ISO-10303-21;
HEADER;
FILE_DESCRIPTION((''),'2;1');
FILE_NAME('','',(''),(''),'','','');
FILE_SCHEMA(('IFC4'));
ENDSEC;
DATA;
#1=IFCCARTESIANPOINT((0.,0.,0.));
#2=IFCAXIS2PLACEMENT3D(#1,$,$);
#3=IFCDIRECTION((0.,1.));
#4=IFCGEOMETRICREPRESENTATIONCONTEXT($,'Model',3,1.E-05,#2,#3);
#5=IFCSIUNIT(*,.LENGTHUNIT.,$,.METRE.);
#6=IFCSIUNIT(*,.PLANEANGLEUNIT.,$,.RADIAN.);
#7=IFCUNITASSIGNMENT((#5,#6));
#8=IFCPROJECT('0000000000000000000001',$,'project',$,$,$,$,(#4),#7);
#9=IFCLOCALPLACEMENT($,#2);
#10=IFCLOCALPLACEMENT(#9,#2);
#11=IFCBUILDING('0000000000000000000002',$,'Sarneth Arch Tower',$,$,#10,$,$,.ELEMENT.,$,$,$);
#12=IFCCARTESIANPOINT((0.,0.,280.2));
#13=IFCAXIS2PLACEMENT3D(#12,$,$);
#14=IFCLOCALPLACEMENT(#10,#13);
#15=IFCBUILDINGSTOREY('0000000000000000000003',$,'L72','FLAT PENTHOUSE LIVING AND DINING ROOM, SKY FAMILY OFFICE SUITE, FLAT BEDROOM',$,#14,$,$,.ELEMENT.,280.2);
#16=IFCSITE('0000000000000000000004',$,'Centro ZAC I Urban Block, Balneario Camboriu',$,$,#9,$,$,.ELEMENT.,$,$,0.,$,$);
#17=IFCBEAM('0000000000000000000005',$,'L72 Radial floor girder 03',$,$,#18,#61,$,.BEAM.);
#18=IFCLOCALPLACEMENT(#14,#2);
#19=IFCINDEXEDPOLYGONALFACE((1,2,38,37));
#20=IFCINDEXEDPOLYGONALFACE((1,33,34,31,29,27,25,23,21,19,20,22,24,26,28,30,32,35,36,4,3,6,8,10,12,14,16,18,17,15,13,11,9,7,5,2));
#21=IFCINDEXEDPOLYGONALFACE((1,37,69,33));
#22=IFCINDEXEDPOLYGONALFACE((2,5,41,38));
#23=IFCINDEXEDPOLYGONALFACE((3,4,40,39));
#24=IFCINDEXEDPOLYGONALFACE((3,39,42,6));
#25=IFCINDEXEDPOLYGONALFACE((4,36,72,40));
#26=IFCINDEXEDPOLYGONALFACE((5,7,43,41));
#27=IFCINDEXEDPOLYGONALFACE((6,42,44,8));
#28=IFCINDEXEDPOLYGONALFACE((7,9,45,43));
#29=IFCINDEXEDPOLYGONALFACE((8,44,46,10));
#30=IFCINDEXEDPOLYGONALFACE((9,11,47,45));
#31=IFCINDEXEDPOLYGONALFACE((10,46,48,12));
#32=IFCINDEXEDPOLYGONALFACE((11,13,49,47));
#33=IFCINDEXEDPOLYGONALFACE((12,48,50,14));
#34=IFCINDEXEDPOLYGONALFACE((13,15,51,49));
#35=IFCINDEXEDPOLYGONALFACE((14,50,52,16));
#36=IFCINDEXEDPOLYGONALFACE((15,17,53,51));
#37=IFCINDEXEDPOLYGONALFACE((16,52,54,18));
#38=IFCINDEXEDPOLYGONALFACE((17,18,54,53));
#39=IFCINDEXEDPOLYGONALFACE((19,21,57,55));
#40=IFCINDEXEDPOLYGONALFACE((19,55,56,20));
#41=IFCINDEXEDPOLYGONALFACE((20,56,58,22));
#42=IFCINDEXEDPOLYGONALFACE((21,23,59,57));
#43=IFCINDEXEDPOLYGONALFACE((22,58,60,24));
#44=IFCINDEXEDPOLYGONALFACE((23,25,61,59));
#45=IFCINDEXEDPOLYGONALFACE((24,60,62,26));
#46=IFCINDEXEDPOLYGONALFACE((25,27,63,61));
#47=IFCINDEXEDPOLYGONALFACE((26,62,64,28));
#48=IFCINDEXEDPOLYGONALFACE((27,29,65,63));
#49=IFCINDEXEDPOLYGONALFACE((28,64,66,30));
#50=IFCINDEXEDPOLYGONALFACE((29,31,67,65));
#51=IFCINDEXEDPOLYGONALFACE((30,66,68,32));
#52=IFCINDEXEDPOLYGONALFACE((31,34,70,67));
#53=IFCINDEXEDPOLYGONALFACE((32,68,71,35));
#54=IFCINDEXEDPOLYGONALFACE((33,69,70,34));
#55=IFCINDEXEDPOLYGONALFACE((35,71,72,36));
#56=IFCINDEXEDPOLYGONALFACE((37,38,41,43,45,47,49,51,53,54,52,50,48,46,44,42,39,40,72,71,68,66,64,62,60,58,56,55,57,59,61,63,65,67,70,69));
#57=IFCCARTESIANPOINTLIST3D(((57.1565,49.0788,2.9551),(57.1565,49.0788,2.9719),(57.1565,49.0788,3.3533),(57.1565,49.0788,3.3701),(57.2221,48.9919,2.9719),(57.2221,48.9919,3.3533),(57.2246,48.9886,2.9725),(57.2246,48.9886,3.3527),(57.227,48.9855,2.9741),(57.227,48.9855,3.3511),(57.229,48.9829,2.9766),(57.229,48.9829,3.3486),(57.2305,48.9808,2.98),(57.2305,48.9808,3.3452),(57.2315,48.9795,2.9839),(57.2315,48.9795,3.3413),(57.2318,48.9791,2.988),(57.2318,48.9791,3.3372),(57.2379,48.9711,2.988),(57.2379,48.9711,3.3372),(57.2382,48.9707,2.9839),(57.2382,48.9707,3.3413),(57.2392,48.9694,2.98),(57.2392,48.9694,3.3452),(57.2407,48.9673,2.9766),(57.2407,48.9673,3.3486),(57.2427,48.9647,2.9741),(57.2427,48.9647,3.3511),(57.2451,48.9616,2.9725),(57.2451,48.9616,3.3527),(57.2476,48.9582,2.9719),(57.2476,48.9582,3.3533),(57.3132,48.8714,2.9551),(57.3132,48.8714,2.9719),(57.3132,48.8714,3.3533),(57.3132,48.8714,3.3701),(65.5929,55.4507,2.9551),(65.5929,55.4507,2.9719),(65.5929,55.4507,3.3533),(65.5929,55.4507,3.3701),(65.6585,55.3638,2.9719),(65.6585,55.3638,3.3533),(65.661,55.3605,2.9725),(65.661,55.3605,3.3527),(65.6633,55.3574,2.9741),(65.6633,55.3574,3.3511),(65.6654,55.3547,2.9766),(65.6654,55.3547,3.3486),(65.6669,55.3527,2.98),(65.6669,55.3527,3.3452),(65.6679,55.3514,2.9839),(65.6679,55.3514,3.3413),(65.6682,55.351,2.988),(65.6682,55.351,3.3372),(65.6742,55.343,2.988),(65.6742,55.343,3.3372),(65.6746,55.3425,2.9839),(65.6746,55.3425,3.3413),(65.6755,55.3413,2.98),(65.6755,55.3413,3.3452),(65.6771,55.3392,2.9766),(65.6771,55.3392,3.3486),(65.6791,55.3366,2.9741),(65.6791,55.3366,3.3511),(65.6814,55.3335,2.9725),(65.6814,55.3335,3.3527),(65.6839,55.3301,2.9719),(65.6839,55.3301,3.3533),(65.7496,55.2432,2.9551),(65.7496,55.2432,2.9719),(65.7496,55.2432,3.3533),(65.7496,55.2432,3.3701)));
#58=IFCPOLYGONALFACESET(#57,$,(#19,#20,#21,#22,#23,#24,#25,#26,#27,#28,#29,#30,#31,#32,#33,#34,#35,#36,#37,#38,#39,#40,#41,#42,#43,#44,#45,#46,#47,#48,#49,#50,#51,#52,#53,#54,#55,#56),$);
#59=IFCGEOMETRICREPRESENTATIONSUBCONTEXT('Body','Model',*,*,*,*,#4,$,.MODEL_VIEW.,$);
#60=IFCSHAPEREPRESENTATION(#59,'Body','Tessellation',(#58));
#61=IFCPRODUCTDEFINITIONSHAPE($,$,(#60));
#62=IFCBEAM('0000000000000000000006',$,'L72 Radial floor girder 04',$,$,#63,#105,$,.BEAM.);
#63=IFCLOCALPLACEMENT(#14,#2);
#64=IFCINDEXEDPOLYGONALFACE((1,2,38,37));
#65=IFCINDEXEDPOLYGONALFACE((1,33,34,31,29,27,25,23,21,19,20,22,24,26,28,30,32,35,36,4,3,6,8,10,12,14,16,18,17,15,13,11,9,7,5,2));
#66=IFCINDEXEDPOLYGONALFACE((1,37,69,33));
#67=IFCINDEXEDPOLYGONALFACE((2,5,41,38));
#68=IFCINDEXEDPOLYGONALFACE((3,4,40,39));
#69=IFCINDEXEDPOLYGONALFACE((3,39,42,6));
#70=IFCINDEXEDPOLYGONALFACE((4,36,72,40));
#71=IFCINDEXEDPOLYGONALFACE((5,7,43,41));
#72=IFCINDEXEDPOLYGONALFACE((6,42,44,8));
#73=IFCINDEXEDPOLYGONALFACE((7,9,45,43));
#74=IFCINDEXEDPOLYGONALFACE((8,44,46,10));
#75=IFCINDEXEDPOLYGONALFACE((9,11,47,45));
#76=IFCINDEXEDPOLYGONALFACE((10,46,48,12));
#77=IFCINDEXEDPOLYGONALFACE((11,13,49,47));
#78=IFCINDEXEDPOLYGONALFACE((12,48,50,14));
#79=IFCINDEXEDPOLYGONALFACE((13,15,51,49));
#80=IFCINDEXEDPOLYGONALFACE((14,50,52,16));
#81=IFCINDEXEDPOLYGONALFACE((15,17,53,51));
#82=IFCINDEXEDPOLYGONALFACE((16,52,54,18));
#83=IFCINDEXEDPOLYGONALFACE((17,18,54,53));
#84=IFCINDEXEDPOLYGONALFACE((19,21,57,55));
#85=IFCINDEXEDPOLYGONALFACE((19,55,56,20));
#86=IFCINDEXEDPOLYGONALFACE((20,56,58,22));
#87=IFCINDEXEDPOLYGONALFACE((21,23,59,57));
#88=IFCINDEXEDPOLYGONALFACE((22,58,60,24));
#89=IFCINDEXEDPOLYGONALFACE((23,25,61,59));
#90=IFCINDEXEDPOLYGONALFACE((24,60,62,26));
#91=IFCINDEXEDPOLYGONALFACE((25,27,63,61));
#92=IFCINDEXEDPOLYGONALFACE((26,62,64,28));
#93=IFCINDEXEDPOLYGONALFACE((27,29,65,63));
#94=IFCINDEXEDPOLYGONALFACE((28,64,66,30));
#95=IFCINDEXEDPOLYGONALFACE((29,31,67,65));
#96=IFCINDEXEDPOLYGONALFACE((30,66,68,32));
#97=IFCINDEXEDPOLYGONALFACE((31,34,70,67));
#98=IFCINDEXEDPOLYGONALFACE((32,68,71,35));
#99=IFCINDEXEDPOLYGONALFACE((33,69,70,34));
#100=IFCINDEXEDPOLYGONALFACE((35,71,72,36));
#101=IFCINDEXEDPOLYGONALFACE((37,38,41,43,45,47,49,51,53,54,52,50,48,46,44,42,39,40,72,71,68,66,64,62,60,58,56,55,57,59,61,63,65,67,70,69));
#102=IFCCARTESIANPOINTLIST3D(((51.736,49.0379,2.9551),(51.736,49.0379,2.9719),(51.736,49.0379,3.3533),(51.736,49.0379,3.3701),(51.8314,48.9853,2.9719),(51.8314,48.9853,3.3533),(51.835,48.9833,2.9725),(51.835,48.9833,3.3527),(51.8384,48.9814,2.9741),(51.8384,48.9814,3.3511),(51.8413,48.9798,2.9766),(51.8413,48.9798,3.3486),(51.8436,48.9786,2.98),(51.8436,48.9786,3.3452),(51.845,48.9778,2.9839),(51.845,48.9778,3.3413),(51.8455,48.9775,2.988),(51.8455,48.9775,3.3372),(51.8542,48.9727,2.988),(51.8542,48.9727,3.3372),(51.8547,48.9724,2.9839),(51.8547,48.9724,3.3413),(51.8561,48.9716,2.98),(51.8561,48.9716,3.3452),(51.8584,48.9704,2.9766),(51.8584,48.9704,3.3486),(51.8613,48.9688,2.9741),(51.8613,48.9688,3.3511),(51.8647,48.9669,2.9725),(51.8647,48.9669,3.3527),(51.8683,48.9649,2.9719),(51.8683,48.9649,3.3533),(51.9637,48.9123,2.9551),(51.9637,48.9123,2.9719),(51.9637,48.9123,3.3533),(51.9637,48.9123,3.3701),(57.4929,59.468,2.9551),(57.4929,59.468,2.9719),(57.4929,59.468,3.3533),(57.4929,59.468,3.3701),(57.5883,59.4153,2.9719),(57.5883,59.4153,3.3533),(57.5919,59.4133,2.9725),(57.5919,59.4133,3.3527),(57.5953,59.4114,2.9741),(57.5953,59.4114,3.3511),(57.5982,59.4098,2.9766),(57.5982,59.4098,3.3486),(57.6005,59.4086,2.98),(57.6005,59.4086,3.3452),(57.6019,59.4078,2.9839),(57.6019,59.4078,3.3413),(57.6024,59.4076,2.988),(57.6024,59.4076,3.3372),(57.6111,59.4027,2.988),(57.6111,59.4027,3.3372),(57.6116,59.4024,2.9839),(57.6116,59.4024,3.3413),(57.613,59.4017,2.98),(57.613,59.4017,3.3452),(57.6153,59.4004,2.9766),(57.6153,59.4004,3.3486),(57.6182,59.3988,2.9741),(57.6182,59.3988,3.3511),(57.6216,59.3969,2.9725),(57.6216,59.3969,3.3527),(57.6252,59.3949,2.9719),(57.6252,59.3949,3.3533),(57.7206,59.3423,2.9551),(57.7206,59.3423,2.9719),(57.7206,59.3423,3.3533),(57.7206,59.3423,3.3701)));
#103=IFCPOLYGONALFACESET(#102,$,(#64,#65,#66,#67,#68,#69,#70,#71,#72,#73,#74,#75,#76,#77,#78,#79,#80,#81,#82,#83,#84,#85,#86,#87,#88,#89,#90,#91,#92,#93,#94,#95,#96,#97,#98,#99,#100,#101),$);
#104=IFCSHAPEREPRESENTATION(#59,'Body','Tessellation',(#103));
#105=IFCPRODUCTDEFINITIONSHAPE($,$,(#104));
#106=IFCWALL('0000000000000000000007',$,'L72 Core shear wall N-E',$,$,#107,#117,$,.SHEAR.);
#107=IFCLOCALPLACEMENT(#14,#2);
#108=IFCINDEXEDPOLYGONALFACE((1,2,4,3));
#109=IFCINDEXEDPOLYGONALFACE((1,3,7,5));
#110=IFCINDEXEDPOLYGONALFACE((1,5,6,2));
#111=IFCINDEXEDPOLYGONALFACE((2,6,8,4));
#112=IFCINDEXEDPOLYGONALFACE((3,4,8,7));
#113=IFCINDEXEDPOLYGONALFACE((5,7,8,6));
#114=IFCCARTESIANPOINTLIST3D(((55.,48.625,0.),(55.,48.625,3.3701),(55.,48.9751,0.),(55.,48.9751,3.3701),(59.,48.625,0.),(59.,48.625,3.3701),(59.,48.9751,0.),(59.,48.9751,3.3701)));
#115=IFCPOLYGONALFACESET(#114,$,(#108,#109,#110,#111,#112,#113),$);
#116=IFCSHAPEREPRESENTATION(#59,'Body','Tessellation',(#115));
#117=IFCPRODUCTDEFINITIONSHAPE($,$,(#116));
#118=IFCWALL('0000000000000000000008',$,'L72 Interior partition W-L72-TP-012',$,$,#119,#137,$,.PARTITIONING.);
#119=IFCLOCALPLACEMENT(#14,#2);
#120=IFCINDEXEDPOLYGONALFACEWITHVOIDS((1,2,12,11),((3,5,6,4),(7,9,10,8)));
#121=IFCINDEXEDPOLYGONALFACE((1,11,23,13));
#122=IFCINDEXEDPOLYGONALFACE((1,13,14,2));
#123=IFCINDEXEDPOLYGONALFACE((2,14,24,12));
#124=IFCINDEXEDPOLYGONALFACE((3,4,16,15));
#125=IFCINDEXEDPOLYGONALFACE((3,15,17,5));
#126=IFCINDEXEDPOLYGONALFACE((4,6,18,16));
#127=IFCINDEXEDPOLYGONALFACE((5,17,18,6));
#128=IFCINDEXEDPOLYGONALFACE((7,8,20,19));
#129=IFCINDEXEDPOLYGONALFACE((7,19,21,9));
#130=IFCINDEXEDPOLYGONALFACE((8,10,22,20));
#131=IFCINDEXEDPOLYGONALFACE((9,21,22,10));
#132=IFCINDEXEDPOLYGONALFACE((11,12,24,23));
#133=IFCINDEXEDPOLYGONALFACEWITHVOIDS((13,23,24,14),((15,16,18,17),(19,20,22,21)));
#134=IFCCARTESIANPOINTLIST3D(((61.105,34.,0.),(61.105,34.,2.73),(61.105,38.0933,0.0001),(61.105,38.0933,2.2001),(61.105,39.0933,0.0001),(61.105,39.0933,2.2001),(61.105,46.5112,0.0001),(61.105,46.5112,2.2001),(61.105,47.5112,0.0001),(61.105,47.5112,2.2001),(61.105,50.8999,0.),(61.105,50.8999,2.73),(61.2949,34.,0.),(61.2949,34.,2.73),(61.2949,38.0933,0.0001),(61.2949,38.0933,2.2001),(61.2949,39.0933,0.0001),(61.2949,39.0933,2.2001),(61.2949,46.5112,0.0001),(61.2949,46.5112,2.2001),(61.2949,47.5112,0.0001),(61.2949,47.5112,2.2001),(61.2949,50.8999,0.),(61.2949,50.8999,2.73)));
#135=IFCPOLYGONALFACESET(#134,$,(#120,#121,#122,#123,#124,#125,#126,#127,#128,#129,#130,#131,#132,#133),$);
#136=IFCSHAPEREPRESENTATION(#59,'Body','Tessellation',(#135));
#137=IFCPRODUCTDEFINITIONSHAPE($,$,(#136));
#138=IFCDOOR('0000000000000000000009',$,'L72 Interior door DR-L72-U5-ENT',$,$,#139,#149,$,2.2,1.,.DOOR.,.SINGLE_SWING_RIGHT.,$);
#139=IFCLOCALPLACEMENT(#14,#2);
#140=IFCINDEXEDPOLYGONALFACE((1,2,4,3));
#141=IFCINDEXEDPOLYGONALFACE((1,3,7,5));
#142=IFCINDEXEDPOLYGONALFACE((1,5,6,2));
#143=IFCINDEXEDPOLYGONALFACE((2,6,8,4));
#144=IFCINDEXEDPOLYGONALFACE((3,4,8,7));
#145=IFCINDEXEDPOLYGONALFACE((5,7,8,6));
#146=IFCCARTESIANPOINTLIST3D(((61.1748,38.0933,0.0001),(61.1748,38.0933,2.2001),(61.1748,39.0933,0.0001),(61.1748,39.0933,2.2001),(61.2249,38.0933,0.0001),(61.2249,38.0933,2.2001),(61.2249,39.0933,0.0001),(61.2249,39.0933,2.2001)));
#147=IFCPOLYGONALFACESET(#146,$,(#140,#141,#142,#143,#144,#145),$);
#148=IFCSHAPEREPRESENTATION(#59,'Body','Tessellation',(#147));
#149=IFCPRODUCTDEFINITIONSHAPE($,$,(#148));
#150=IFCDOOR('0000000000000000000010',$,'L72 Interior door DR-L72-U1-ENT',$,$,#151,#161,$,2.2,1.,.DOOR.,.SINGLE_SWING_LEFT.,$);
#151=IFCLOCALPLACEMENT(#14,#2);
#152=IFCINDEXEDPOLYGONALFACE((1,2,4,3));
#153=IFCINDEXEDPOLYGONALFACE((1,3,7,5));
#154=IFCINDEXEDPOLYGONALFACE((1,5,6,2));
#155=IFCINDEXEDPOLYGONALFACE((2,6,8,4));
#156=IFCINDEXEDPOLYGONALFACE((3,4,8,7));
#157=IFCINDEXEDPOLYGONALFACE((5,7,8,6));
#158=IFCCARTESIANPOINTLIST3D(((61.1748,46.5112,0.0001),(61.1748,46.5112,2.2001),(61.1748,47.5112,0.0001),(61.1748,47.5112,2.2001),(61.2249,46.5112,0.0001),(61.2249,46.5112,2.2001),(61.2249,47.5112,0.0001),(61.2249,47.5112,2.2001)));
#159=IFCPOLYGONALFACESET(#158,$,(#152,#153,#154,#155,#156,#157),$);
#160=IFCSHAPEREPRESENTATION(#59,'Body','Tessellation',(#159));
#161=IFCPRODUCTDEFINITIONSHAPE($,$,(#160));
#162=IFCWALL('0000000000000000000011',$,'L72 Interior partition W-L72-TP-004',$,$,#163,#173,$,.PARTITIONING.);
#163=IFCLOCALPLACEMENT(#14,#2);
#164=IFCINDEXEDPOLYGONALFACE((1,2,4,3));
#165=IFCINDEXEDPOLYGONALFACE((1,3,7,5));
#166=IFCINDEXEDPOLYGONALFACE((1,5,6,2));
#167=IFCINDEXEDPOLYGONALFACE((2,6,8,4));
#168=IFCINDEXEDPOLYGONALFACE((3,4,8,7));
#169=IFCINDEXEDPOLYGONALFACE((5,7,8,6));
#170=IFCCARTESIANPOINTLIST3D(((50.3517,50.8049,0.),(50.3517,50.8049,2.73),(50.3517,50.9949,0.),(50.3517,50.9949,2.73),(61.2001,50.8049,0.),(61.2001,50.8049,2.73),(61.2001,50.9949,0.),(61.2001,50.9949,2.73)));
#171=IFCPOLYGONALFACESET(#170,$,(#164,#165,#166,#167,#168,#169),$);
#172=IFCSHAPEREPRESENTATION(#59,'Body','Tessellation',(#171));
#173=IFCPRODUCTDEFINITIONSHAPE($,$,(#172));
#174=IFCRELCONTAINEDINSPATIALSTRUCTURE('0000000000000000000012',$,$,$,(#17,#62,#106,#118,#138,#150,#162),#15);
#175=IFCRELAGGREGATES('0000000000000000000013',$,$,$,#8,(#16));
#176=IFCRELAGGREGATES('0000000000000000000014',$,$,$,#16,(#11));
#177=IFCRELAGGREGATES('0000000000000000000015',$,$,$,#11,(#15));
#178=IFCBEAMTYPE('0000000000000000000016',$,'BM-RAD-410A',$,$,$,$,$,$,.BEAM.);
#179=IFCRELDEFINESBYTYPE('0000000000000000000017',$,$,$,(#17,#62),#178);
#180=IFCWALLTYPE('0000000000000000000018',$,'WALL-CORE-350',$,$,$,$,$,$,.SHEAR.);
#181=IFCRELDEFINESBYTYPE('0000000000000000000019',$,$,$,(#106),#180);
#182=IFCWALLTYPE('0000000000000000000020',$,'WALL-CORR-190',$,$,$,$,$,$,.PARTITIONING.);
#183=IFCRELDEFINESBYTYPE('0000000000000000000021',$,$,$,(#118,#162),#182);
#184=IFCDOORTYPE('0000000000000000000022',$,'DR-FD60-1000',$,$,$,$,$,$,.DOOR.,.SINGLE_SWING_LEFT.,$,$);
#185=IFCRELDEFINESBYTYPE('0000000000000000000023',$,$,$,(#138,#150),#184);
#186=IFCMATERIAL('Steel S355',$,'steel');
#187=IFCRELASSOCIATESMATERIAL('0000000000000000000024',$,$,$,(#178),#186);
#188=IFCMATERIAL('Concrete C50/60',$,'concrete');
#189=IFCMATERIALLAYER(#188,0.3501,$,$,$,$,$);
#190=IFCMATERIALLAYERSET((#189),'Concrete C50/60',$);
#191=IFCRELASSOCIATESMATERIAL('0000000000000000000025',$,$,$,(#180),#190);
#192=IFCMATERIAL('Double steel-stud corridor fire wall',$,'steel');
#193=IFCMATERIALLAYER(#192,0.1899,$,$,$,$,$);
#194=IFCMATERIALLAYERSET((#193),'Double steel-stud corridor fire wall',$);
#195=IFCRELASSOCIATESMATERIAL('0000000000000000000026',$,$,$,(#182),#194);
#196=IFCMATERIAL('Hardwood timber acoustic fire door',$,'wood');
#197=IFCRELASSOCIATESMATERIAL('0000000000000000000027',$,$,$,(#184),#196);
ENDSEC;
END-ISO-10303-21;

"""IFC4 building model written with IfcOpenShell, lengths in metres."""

from ifc_helpers import new_model, si_unit, direction, frame, frame_2d, origin, origin_2d, place, context, subcontext, project, spatial, rectangle, i_section, extrude, material, layer, layer_set, material_profile, profile_set, type_object, element, fill, save


model = new_model("IFC4")

# Units and contexts
model_context = context("Model", 3, precision=1e-05, world=origin(), true_north=direction((0.0, 1.0)))
body_context = subcontext(model_context, "Body", "Model", "MODEL_VIEW")
ifc_project = project(units=[si_unit("LENGTHUNIT", "METRE"), si_unit("PLANEANGLEUNIT", "RADIAN")], contexts=[model_context])

# Site, building, storey
site_placement = place(None, origin())
site = spatial("IfcSite", under=ifc_project, at=site_placement, Name="Centro ZAC I Urban Block, Balneario Camboriu", CompositionType="ELEMENT", RefElevation=0.0)
building_placement = place(site_placement, origin())
building = spatial("IfcBuilding", under=site, at=building_placement, Name="Sarneth Arch Tower", CompositionType="ELEMENT")
storey_placement = place(building_placement, frame((0.0, 0.0, 280.2)))
storey = spatial("IfcBuildingStorey", under=building, at=storey_placement, Name="L72", Description="FLAT PENTHOUSE LIVING AND DINING ROOM, SKY FAMILY OFFICE SUITE, FLAT BEDROOM", CompositionType="ELEMENT", Elevation=280.2)

# Beams
ifc_material_1 = material(Name="Steel S355", Category="steel")
ifc_material_profile_1 = material_profile(ifc_material_1, i_section(OverallWidth=0.26, OverallDepth=0.415, WebThickness=0.01, FlangeThickness=0.0168, FilletRadius=0.0161, at=origin_2d()), Name="W410x100")
ifc_profile_set_1 = profile_set([ifc_material_profile_1], Name="Steel S355")
beam_type_1 = type_object("IfcBeamType", Name="BM-RAD-410A", PredefinedType="BEAM", material=ifc_profile_set_1)
beam_1_placement = place(storey_placement, frame((57.2349, 48.9751, 3.1626), z_axis=(0.79797, 0.602698, 0.0), x_axis=(-0.602698, 0.79797, 0.0)))
element("IfcBeam", 1, at=beam_1_placement, inside=storey, type_object=beam_type_1, Name="L72 Radial floor girder 03", PredefinedType="BEAM", context=body_context, shape_type="SweptSolid", body=[
    extrude(i_section(OverallWidth=0.26, OverallDepth=0.415, WebThickness=0.01, FlangeThickness=0.0168, FilletRadius=0.0161, at=origin_2d()), origin(), (0.0, 0.0, 1.0), 10.5723),
])
beam_2_placement = place(storey_placement, frame((51.8499, 48.9751, 3.1626), z_axis=(0.483231, 0.875493, 0.0), x_axis=(-0.875493, 0.483231, 0.0)))
element("IfcBeam", 2, at=beam_2_placement, inside=storey, type_object=beam_type_1, Name="L72 Radial floor girder 04", PredefinedType="BEAM", context=body_context, shape_type="SweptSolid", body=[
    extrude(i_section(OverallWidth=0.26, OverallDepth=0.415, WebThickness=0.01, FlangeThickness=0.0168, FilletRadius=0.0161, at=origin_2d()), origin(), (0.0, 0.0, 1.0), 11.9133),
])

# Wall
ifc_material_2 = material(Name="Concrete C50/60", Category="concrete")
ifc_layer_1 = layer(ifc_material_2, 0.3501)
ifc_layer_set_1 = layer_set([ifc_layer_1], Name="Concrete C50/60")
wall_type_1 = type_object("IfcWallType", Name="WALL-CORE-350", PredefinedType="SHEAR", material=ifc_layer_set_1)
wall_1_placement = place(storey_placement, frame((55.0, 48.8, 0.0), z_axis=(0.0, 0.0, 1.0), x_axis=(1.0, 0.0, 0.0)))
element("IfcWall", 3, at=wall_1_placement, inside=storey, type_object=wall_type_1, Name="L72 Core shear wall N-E", PredefinedType="SHEAR", context=body_context, shape_type="SweptSolid", body=[
    extrude(rectangle(XDim=4.0, YDim=0.3501, at=frame_2d((2.0, 0.0))), origin(), (0.0, 0.0, 1.0), 3.3701),
])

# Wall, openings, doors
ifc_material_3 = material(Name="Double steel-stud corridor fire wall", Category="steel")
ifc_layer_2 = layer(ifc_material_3, 0.1899)
ifc_layer_set_2 = layer_set([ifc_layer_2], Name="Double steel-stud corridor fire wall")
wall_type_2 = type_object("IfcWallType", Name="WALL-CORR-190", PredefinedType="PARTITIONING", material=ifc_layer_set_2)
wall_2_placement = place(storey_placement, frame((61.2, 50.8999, 0.0), z_axis=(0.0, 0.0, 1.0), x_axis=(0.0, -1.0, 0.0)))
wall_2 = element("IfcWall", 4, at=wall_2_placement, inside=storey, type_object=wall_type_2, Name="L72 Interior partition W-L72-TP-012", PredefinedType="PARTITIONING", context=body_context, shape_type="SweptSolid", body=[
    extrude(rectangle(XDim=16.8999, YDim=0.1899, at=frame_2d((8.45, 0.0))), origin(), (0.0, 0.0, 1.0), 2.73),
])
opening_1_placement = place(wall_2_placement, frame((11.8066, 0.0, 0.0)))
opening_1 = element("IfcOpeningElement", 5, at=opening_1_placement, cuts=wall_2, PredefinedType="OPENING", context=body_context, shape_type="SweptSolid", body=[
    extrude(rectangle(XDim=1.0, YDim=2.2, at=frame_2d((0.5, 1.1001))), frame((0.0, 0.105, 0.0), z_axis=(0.0, -1.0, 0.0), x_axis=(1.0, 0.0, 0.0)), (0.0, 0.0, 1.0), 0.21),
])
opening_2_placement = place(wall_2_placement, frame((3.3887, 0.0, 0.0)))
opening_2 = element("IfcOpeningElement", 6, at=opening_2_placement, cuts=wall_2, PredefinedType="OPENING", context=body_context, shape_type="SweptSolid", body=[
    extrude(rectangle(XDim=1.0, YDim=2.2, at=frame_2d((0.5, 1.1001))), frame((0.0, 0.105, 0.0), z_axis=(0.0, -1.0, 0.0), x_axis=(1.0, 0.0, 0.0)), (0.0, 0.0, 1.0), 0.21),
])
ifc_material_4 = material(Name="Hardwood timber acoustic fire door", Category="wood")
door_type = type_object("IfcDoorType", Name="DR-FD60-1000", OperationType="SINGLE_SWING_LEFT", PredefinedType="DOOR", material=ifc_material_4)
door_1_placement = place(opening_1_placement, origin())
door_1 = element("IfcDoor", 7, at=door_1_placement, inside=storey, type_object=door_type, Name="L72 Interior door DR-L72-U5-ENT", OperationType="SINGLE_SWING_RIGHT", OverallHeight=2.2, OverallWidth=1.0, PredefinedType="DOOR", context=body_context, shape_type="SweptSolid", body=[
    extrude(rectangle(XDim=1.0, YDim=2.2, at=frame_2d((0.5, 1.1001))), frame((0.0, 0.0249, 0.0), z_axis=(0.0, -1.0, 0.0), x_axis=(1.0, 0.0, 0.0)), (0.0, 0.0, 1.0), 0.05),
])
fill(opening_1, door_1)
door_2_placement = place(opening_2_placement, origin())
door_2 = element("IfcDoor", 8, at=door_2_placement, inside=storey, type_object=door_type, Name="L72 Interior door DR-L72-U1-ENT", OperationType="SINGLE_SWING_LEFT", OverallHeight=2.2, OverallWidth=1.0, PredefinedType="DOOR", context=body_context, shape_type="SweptSolid", body=[
    extrude(rectangle(XDim=1.0, YDim=2.2, at=frame_2d((0.5, 1.1001))), frame((0.0, 0.0249, 0.0), z_axis=(0.0, -1.0, 0.0), x_axis=(1.0, 0.0, 0.0)), (0.0, 0.0, 1.0), 0.05),
])
fill(opening_2, door_2)

# Wall
wall_3_placement = place(storey_placement, frame((50.3516, 50.8999, 0.0), z_axis=(0.0, 0.0, 1.0), x_axis=(1.0, 0.0, 0.0)))
element("IfcWall", 9, at=wall_3_placement, inside=storey, type_object=wall_type_2, Name="L72 Interior partition W-L72-TP-004", PredefinedType="PARTITIONING", context=body_context, shape_type="SweptSolid", body=[
    extrude(rectangle(XDim=10.8484, YDim=0.1899, at=frame_2d((5.4243, 0.0))), origin(), (0.0, 0.0, 1.0), 2.73),
])

save(model, "model.ifc")
